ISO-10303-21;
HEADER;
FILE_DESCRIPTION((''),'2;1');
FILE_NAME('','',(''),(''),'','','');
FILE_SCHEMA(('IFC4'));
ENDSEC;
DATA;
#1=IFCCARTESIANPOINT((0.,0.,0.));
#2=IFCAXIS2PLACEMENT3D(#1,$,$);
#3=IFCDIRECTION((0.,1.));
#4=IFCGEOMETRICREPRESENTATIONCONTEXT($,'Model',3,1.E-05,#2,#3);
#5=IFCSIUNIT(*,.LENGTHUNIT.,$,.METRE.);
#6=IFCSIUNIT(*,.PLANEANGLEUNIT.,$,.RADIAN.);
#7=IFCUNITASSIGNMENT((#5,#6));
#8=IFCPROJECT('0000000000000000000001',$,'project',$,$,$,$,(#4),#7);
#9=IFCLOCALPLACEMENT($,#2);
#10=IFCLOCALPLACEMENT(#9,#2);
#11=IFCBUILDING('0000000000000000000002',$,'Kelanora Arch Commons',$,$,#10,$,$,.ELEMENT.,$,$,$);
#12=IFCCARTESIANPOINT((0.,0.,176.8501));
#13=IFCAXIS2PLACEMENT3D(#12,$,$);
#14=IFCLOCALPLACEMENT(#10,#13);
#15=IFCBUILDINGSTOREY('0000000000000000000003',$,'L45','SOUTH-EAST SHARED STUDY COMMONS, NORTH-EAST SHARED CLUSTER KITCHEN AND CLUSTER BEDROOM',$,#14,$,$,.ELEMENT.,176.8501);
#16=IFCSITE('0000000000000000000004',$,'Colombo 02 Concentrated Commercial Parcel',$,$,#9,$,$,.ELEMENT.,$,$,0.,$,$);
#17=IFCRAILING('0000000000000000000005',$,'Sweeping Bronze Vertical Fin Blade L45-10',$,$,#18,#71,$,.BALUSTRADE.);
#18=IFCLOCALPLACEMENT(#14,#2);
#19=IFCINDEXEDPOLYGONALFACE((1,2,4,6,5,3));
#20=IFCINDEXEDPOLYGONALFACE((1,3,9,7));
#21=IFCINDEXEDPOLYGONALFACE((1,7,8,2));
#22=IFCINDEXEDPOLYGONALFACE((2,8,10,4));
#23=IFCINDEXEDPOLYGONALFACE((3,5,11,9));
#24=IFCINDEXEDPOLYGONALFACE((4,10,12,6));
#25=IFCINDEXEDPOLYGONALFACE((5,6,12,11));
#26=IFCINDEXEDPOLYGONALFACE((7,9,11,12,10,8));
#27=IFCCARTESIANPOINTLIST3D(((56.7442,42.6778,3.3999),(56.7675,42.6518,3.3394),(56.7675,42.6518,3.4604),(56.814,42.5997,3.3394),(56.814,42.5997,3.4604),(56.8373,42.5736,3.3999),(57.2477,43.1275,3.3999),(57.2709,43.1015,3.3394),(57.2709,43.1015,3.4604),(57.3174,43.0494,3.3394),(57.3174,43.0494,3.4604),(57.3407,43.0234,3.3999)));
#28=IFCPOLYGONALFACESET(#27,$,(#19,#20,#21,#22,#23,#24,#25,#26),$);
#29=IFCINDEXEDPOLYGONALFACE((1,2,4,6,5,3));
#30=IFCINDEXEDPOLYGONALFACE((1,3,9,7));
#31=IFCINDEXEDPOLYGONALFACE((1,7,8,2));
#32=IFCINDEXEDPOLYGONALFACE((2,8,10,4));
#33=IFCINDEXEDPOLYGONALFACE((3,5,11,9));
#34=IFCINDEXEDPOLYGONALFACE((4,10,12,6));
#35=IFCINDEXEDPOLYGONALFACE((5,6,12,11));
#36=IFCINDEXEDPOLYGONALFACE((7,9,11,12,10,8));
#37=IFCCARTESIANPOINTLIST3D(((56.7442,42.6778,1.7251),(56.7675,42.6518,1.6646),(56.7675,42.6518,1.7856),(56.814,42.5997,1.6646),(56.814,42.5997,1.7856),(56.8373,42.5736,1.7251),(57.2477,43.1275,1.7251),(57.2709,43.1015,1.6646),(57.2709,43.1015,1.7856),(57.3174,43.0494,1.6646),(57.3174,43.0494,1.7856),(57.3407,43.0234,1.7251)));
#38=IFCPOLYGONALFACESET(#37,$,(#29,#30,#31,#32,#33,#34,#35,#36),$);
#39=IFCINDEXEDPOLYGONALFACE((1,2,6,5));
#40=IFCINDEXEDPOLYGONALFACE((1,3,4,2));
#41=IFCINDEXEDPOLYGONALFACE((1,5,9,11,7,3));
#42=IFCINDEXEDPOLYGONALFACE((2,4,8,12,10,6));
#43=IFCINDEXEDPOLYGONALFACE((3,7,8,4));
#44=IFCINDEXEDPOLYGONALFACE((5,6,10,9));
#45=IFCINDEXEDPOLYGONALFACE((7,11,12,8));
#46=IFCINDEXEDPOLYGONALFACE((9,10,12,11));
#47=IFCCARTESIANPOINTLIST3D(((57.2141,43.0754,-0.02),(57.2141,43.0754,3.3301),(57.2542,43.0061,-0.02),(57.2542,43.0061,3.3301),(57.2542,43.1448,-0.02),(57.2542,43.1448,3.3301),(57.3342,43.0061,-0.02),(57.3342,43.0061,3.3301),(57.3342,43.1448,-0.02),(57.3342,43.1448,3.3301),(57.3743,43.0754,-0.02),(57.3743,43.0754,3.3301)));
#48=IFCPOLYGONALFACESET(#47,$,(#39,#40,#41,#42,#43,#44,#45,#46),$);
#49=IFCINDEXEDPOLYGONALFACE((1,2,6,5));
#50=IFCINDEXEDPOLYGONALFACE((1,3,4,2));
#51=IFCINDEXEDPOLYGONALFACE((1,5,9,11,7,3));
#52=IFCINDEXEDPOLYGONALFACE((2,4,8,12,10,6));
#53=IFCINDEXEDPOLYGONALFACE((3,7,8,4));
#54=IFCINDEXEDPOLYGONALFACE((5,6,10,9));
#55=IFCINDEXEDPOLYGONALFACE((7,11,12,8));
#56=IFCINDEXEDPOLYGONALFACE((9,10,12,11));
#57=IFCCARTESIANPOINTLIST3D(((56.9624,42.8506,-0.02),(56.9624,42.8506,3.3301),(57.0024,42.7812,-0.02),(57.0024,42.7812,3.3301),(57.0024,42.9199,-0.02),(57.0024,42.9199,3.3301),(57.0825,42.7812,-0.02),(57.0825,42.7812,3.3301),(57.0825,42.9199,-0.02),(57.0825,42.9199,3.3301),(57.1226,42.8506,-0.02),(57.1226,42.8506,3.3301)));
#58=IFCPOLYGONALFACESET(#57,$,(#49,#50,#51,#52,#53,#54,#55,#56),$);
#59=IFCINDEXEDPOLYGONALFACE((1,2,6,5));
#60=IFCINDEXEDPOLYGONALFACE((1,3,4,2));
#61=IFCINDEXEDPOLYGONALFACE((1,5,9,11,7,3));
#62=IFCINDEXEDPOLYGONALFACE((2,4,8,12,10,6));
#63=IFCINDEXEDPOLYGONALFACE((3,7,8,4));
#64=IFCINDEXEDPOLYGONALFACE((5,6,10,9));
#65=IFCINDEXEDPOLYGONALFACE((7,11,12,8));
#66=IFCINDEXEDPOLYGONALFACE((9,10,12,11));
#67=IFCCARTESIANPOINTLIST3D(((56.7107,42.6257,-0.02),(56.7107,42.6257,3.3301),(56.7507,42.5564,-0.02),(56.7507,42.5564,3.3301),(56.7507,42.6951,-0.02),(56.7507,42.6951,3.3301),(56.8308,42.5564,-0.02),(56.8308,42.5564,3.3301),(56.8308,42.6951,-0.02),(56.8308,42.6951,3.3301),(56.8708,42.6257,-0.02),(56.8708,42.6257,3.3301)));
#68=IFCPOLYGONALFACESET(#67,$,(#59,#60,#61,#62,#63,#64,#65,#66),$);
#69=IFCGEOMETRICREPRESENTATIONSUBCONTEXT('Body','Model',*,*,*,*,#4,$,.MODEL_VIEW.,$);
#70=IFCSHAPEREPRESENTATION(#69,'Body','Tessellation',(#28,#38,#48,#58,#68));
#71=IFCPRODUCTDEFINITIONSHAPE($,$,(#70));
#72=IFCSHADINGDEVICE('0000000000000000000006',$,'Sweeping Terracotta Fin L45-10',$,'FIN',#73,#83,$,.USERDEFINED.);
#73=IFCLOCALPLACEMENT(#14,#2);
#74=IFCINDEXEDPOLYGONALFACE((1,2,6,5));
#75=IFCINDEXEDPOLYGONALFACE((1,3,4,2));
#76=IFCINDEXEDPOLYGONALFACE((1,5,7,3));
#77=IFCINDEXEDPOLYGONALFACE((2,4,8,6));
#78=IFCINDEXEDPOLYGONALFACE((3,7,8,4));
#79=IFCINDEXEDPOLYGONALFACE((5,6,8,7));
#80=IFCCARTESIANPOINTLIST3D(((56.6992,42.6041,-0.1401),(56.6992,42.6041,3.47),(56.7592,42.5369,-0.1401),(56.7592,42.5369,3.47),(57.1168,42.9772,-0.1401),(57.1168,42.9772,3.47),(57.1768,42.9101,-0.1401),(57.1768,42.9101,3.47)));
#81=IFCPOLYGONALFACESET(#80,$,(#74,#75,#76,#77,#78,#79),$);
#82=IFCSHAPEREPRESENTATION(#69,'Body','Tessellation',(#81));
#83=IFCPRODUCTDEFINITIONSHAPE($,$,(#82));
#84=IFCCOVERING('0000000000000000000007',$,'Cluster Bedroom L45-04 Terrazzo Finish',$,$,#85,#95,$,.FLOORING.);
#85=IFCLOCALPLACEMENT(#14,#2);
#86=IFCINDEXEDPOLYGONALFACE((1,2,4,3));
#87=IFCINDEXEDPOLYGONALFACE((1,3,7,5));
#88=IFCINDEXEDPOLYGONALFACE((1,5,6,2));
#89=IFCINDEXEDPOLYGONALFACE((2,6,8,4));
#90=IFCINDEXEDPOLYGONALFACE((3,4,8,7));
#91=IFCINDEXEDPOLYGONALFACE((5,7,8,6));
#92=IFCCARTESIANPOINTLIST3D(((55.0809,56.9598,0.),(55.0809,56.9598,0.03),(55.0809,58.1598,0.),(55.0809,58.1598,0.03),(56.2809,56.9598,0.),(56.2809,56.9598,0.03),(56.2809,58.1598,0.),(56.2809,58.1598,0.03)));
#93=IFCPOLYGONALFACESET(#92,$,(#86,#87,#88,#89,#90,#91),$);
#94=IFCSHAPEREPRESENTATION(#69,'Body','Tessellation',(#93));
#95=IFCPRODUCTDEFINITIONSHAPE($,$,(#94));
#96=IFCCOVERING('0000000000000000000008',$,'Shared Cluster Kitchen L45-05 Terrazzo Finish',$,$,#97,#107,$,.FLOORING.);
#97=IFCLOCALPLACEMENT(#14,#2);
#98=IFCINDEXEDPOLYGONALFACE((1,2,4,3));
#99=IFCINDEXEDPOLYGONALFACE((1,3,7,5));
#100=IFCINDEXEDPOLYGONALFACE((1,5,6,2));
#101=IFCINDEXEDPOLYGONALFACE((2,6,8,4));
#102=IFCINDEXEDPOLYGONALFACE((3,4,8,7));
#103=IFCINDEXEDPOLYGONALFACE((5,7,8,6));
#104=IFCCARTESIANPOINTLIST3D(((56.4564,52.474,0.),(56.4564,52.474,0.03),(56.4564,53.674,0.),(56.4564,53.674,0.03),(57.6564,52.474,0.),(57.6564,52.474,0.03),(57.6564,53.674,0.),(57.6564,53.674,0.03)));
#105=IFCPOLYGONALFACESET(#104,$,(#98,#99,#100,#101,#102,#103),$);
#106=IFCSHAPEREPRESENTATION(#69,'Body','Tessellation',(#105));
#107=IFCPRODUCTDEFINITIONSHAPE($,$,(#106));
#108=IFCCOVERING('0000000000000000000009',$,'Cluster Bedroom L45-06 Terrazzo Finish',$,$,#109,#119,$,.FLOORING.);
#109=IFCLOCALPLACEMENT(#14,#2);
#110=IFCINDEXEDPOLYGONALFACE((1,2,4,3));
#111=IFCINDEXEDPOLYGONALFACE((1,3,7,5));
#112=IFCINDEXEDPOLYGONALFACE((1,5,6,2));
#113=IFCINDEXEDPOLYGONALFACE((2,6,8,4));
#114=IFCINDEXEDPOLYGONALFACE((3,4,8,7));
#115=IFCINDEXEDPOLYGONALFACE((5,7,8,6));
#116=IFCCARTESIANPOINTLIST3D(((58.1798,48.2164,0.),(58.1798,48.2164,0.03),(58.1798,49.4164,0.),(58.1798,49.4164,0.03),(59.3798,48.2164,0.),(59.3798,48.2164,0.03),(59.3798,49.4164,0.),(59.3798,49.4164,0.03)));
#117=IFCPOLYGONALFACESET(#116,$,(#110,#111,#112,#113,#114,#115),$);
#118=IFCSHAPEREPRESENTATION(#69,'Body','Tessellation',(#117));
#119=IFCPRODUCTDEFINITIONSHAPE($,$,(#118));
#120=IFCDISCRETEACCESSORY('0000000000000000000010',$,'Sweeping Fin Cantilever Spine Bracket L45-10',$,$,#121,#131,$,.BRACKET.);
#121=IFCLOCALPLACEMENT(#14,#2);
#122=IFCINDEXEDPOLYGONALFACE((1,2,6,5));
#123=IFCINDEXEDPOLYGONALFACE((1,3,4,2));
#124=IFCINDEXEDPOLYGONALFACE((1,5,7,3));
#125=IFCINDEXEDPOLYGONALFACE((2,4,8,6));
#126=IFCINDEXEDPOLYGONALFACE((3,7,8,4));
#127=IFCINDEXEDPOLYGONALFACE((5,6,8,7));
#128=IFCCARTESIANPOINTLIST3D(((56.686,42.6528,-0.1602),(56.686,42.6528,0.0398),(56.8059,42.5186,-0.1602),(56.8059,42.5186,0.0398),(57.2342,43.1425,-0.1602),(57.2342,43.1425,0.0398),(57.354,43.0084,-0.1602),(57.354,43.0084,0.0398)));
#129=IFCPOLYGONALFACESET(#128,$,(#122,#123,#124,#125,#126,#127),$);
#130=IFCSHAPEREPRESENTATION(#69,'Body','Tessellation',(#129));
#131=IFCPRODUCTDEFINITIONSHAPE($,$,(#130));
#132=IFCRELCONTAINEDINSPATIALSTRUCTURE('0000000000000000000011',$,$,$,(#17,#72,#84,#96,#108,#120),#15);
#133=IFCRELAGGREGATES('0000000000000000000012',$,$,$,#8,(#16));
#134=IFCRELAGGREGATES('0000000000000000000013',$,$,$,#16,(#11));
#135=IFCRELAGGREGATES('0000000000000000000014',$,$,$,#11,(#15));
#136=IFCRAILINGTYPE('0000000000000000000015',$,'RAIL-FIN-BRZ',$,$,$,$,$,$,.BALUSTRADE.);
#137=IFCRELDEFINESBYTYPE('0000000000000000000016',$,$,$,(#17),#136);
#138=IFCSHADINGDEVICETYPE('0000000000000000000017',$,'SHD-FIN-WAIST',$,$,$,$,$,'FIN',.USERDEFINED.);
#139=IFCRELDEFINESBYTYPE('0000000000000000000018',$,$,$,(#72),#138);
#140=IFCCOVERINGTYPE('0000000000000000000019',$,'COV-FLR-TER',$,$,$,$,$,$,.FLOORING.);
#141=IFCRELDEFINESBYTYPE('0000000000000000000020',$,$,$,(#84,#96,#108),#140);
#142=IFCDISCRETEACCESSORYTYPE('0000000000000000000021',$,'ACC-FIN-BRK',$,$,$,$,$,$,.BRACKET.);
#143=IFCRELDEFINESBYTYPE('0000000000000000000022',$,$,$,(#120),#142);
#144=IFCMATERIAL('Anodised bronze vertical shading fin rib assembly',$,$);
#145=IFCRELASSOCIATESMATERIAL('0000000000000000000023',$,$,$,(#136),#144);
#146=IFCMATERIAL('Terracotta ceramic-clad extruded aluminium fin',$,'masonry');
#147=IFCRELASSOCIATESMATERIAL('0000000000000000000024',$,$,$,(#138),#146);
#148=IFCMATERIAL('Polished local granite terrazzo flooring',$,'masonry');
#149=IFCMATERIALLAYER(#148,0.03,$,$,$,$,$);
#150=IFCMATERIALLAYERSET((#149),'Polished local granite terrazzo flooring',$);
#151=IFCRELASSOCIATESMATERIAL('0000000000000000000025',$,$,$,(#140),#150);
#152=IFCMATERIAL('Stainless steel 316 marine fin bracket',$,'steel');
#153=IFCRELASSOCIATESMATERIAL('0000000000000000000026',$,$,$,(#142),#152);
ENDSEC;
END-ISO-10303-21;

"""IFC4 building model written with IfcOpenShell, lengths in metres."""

from ifc_helpers import new_model, si_unit, direction, frame, origin, origin_2d, place, context, subcontext, project, spatial, polyline, rectangle, outline, extrude, source, transform, mapped, material, layer, layer_set, type_object, element, save


model = new_model("IFC4")

# Units and contexts
model_context = context("Model", 3, precision=1e-05, world=origin(), true_north=direction((0.0, 1.0)))
body_context = subcontext(model_context, "Body", "Model", "MODEL_VIEW")
ifc_project = project(units=[si_unit("LENGTHUNIT", "METRE"), si_unit("PLANEANGLEUNIT", "RADIAN")], contexts=[model_context])

# Site, building, storey
site_placement = place(None, origin())
site = spatial("IfcSite", under=ifc_project, at=site_placement, Name="Colombo 02 Concentrated Commercial Parcel", CompositionType="ELEMENT", RefElevation=0.0)
building_placement = place(site_placement, origin())
building = spatial("IfcBuilding", under=site, at=building_placement, Name="Kelanora Arch Commons", CompositionType="ELEMENT")
storey_placement = place(building_placement, frame((0.0, 0.0, 176.8501)))
storey = spatial("IfcBuildingStorey", under=building, at=storey_placement, Name="L45", Description="SOUTH-EAST SHARED STUDY COMMONS, NORTH-EAST SHARED CLUSTER KITCHEN AND CLUSTER BEDROOM", CompositionType="ELEMENT", Elevation=176.8501)

# Railing
ifc_material_1 = material(Name="Anodised bronze vertical shading fin rib assembly")
railing_type = type_object("IfcRailingType", Name="RAIL-FIN-BRZ", PredefinedType="BALUSTRADE", material=ifc_material_1)
railing_placement = place(storey_placement, frame((57.2942, 43.0754, -0.02)))
element("IfcRailing", 1, at=railing_placement, inside=storey, type_object=railing_type, Name="Sweeping Bronze Vertical Fin Blade L45-10", PredefinedType="BALUSTRADE", context=body_context, shape_type="SweptSolid", body=[
    extrude(outline(polyline([(0.0698, 0.0), (0.0349, 0.0605), (-0.0349, 0.0605), (-0.0698, 0.0), (-0.0349, -0.0605), (0.0349, -0.0605), (0.0698, 0.0)])), frame((0.0, 0.0, 3.4199), z_axis=(-0.745771, -0.666203, 0.0), x_axis=(0.666203, -0.745771, 0.0)), (0.0, 0.0, 1.0), 0.675),
    extrude(outline(polyline([(0.0698, 0.0), (0.0349, 0.0605), (-0.0349, 0.0605), (-0.0698, 0.0), (-0.0349, -0.0605), (0.0349, -0.0605), (0.0698, 0.0)])), frame((0.0, 0.0, 1.7451), z_axis=(-0.745771, -0.666203, 0.0), x_axis=(0.666203, -0.745771, 0.0)), (0.0, 0.0, 1.0), 0.675),
    extrude(outline(polyline([(0.0801, 0.0), (0.04, 0.0693), (-0.04, 0.0693), (-0.0801, 0.0), (-0.04, -0.0693), (0.04, -0.0693), (0.0801, 0.0)])), origin(), (0.0, 0.0, 1.0), 3.3501),
    extrude(outline(polyline([(0.0801, 0.0), (0.04, 0.0693), (-0.04, 0.0693), (-0.0801, 0.0), (-0.04, -0.0693), (0.04, -0.0693), (0.0801, 0.0)])), frame((-0.2517, -0.2249, 0.0)), (0.0, 0.0, 1.0), 3.3501),
    extrude(outline(polyline([(0.0801, 0.0), (0.04, 0.0693), (-0.04, 0.0693), (-0.0801, 0.0), (-0.04, -0.0693), (0.04, -0.0693), (0.0801, 0.0)])), frame((-0.5034, -0.4497, 0.0)), (0.0, 0.0, 1.0), 3.3501),
])

# Shading device
ifc_material_2 = material(Name="Terracotta ceramic-clad extruded aluminium fin", Category="masonry")
shading_device_type = type_object("IfcShadingDeviceType", Name="SHD-FIN-WAIST", ElementType="FIN", PredefinedType="USERDEFINED", material=ifc_material_2)
shared_shape_1 = source(origin(), body_context, "Body", "SweptSolid", [
    extrude(rectangle(XDim=0.5601, YDim=0.0901, at=origin_2d()), origin(), (0.0, 0.0, 1.0), 3.6101),
])
shading_device_placement = place(storey_placement, frame((56.938, 42.7571, -0.1401), z_axis=(0.0, 0.0, 1.0), x_axis=(-0.745709, -0.666272, 0.0)))
element("IfcShadingDevice", 2, at=shading_device_placement, inside=storey, type_object=shading_device_type, Name="Sweeping Terracotta Fin L45-10", ObjectType="FIN", PredefinedType="USERDEFINED", context=body_context, shape_type="MappedRepresentation", body=[
    mapped(shared_shape_1, transform((0.0, 0.0, 0.0), scale=1.0)),
])

# Coverings
ifc_material_3 = material(Name="Polished local granite terrazzo flooring", Category="masonry")
ifc_layer_1 = layer(ifc_material_3, 0.03)
ifc_layer_set_1 = layer_set([ifc_layer_1], Name="Polished local granite terrazzo flooring")
covering_type = type_object("IfcCoveringType", Name="COV-FLR-TER", PredefinedType="FLOORING", material=ifc_layer_set_1)
shared_shape_2 = source(origin(), body_context, "Body", "SweptSolid", [
    extrude(rectangle(XDim=1.2, YDim=1.2, at=origin_2d()), origin(), (0.0, 0.0, 1.0), 0.03),
])
for number, where, z_axis, x_axis, name in (
    (3, (55.6809, 57.5598, 0.0), (0.0, 0.0, 1.0), (1.0, 0.0, 0.0), "Cluster Bedroom L45-04 Terrazzo Finish"),
    (4, (57.0564, 53.074, 0.0), (0.0, 0.0, 1.0), (1.0, 0.0, 0.0), "Shared Cluster Kitchen L45-05 Terrazzo Finish"),
    (5, (58.7798, 48.8164, 0.0), (0.0, 0.0, 1.0), (1.0, 0.0, 0.0), "Cluster Bedroom L45-06 Terrazzo Finish"),
):
    element("IfcCovering", number, at=place(storey_placement, frame(where, z_axis=z_axis, x_axis=x_axis)), inside=storey, type_object=covering_type, Name=name, PredefinedType="FLOORING", context=body_context, shape_type="MappedRepresentation", body=[
        mapped(shared_shape_2, transform((0.0, 0.0, 0.0), scale=1.0)),
    ])

# Discrete accessory
ifc_material_4 = material(Name="Stainless steel 316 marine fin bracket", Category="steel")
discrete_accessory_type = type_object("IfcDiscreteAccessoryType", Name="ACC-FIN-BRK", PredefinedType="BRACKET", material=ifc_material_4)
shared_shape_3 = source(origin(), body_context, "Body", "SweptSolid", [
    extrude(rectangle(XDim=0.7351, YDim=0.1799, at=origin_2d()), origin(), (0.0, 0.0, 1.0), 0.2),
])
discrete_accessory_placement = place(storey_placement, frame((57.02, 42.8306, -0.1602), z_axis=(0.0, 0.0, 1.0), x_axis=(-0.745709, -0.666272, 0.0)))
element("IfcDiscreteAccessory", 6, at=discrete_accessory_placement, inside=storey, type_object=discrete_accessory_type, Name="Sweeping Fin Cantilever Spine Bracket L45-10", PredefinedType="BRACKET", context=body_context, shape_type="MappedRepresentation", body=[
    mapped(shared_shape_3, transform((0.0, 0.0, 0.0), scale=1.0)),
])

save(model, "model.ifc")
